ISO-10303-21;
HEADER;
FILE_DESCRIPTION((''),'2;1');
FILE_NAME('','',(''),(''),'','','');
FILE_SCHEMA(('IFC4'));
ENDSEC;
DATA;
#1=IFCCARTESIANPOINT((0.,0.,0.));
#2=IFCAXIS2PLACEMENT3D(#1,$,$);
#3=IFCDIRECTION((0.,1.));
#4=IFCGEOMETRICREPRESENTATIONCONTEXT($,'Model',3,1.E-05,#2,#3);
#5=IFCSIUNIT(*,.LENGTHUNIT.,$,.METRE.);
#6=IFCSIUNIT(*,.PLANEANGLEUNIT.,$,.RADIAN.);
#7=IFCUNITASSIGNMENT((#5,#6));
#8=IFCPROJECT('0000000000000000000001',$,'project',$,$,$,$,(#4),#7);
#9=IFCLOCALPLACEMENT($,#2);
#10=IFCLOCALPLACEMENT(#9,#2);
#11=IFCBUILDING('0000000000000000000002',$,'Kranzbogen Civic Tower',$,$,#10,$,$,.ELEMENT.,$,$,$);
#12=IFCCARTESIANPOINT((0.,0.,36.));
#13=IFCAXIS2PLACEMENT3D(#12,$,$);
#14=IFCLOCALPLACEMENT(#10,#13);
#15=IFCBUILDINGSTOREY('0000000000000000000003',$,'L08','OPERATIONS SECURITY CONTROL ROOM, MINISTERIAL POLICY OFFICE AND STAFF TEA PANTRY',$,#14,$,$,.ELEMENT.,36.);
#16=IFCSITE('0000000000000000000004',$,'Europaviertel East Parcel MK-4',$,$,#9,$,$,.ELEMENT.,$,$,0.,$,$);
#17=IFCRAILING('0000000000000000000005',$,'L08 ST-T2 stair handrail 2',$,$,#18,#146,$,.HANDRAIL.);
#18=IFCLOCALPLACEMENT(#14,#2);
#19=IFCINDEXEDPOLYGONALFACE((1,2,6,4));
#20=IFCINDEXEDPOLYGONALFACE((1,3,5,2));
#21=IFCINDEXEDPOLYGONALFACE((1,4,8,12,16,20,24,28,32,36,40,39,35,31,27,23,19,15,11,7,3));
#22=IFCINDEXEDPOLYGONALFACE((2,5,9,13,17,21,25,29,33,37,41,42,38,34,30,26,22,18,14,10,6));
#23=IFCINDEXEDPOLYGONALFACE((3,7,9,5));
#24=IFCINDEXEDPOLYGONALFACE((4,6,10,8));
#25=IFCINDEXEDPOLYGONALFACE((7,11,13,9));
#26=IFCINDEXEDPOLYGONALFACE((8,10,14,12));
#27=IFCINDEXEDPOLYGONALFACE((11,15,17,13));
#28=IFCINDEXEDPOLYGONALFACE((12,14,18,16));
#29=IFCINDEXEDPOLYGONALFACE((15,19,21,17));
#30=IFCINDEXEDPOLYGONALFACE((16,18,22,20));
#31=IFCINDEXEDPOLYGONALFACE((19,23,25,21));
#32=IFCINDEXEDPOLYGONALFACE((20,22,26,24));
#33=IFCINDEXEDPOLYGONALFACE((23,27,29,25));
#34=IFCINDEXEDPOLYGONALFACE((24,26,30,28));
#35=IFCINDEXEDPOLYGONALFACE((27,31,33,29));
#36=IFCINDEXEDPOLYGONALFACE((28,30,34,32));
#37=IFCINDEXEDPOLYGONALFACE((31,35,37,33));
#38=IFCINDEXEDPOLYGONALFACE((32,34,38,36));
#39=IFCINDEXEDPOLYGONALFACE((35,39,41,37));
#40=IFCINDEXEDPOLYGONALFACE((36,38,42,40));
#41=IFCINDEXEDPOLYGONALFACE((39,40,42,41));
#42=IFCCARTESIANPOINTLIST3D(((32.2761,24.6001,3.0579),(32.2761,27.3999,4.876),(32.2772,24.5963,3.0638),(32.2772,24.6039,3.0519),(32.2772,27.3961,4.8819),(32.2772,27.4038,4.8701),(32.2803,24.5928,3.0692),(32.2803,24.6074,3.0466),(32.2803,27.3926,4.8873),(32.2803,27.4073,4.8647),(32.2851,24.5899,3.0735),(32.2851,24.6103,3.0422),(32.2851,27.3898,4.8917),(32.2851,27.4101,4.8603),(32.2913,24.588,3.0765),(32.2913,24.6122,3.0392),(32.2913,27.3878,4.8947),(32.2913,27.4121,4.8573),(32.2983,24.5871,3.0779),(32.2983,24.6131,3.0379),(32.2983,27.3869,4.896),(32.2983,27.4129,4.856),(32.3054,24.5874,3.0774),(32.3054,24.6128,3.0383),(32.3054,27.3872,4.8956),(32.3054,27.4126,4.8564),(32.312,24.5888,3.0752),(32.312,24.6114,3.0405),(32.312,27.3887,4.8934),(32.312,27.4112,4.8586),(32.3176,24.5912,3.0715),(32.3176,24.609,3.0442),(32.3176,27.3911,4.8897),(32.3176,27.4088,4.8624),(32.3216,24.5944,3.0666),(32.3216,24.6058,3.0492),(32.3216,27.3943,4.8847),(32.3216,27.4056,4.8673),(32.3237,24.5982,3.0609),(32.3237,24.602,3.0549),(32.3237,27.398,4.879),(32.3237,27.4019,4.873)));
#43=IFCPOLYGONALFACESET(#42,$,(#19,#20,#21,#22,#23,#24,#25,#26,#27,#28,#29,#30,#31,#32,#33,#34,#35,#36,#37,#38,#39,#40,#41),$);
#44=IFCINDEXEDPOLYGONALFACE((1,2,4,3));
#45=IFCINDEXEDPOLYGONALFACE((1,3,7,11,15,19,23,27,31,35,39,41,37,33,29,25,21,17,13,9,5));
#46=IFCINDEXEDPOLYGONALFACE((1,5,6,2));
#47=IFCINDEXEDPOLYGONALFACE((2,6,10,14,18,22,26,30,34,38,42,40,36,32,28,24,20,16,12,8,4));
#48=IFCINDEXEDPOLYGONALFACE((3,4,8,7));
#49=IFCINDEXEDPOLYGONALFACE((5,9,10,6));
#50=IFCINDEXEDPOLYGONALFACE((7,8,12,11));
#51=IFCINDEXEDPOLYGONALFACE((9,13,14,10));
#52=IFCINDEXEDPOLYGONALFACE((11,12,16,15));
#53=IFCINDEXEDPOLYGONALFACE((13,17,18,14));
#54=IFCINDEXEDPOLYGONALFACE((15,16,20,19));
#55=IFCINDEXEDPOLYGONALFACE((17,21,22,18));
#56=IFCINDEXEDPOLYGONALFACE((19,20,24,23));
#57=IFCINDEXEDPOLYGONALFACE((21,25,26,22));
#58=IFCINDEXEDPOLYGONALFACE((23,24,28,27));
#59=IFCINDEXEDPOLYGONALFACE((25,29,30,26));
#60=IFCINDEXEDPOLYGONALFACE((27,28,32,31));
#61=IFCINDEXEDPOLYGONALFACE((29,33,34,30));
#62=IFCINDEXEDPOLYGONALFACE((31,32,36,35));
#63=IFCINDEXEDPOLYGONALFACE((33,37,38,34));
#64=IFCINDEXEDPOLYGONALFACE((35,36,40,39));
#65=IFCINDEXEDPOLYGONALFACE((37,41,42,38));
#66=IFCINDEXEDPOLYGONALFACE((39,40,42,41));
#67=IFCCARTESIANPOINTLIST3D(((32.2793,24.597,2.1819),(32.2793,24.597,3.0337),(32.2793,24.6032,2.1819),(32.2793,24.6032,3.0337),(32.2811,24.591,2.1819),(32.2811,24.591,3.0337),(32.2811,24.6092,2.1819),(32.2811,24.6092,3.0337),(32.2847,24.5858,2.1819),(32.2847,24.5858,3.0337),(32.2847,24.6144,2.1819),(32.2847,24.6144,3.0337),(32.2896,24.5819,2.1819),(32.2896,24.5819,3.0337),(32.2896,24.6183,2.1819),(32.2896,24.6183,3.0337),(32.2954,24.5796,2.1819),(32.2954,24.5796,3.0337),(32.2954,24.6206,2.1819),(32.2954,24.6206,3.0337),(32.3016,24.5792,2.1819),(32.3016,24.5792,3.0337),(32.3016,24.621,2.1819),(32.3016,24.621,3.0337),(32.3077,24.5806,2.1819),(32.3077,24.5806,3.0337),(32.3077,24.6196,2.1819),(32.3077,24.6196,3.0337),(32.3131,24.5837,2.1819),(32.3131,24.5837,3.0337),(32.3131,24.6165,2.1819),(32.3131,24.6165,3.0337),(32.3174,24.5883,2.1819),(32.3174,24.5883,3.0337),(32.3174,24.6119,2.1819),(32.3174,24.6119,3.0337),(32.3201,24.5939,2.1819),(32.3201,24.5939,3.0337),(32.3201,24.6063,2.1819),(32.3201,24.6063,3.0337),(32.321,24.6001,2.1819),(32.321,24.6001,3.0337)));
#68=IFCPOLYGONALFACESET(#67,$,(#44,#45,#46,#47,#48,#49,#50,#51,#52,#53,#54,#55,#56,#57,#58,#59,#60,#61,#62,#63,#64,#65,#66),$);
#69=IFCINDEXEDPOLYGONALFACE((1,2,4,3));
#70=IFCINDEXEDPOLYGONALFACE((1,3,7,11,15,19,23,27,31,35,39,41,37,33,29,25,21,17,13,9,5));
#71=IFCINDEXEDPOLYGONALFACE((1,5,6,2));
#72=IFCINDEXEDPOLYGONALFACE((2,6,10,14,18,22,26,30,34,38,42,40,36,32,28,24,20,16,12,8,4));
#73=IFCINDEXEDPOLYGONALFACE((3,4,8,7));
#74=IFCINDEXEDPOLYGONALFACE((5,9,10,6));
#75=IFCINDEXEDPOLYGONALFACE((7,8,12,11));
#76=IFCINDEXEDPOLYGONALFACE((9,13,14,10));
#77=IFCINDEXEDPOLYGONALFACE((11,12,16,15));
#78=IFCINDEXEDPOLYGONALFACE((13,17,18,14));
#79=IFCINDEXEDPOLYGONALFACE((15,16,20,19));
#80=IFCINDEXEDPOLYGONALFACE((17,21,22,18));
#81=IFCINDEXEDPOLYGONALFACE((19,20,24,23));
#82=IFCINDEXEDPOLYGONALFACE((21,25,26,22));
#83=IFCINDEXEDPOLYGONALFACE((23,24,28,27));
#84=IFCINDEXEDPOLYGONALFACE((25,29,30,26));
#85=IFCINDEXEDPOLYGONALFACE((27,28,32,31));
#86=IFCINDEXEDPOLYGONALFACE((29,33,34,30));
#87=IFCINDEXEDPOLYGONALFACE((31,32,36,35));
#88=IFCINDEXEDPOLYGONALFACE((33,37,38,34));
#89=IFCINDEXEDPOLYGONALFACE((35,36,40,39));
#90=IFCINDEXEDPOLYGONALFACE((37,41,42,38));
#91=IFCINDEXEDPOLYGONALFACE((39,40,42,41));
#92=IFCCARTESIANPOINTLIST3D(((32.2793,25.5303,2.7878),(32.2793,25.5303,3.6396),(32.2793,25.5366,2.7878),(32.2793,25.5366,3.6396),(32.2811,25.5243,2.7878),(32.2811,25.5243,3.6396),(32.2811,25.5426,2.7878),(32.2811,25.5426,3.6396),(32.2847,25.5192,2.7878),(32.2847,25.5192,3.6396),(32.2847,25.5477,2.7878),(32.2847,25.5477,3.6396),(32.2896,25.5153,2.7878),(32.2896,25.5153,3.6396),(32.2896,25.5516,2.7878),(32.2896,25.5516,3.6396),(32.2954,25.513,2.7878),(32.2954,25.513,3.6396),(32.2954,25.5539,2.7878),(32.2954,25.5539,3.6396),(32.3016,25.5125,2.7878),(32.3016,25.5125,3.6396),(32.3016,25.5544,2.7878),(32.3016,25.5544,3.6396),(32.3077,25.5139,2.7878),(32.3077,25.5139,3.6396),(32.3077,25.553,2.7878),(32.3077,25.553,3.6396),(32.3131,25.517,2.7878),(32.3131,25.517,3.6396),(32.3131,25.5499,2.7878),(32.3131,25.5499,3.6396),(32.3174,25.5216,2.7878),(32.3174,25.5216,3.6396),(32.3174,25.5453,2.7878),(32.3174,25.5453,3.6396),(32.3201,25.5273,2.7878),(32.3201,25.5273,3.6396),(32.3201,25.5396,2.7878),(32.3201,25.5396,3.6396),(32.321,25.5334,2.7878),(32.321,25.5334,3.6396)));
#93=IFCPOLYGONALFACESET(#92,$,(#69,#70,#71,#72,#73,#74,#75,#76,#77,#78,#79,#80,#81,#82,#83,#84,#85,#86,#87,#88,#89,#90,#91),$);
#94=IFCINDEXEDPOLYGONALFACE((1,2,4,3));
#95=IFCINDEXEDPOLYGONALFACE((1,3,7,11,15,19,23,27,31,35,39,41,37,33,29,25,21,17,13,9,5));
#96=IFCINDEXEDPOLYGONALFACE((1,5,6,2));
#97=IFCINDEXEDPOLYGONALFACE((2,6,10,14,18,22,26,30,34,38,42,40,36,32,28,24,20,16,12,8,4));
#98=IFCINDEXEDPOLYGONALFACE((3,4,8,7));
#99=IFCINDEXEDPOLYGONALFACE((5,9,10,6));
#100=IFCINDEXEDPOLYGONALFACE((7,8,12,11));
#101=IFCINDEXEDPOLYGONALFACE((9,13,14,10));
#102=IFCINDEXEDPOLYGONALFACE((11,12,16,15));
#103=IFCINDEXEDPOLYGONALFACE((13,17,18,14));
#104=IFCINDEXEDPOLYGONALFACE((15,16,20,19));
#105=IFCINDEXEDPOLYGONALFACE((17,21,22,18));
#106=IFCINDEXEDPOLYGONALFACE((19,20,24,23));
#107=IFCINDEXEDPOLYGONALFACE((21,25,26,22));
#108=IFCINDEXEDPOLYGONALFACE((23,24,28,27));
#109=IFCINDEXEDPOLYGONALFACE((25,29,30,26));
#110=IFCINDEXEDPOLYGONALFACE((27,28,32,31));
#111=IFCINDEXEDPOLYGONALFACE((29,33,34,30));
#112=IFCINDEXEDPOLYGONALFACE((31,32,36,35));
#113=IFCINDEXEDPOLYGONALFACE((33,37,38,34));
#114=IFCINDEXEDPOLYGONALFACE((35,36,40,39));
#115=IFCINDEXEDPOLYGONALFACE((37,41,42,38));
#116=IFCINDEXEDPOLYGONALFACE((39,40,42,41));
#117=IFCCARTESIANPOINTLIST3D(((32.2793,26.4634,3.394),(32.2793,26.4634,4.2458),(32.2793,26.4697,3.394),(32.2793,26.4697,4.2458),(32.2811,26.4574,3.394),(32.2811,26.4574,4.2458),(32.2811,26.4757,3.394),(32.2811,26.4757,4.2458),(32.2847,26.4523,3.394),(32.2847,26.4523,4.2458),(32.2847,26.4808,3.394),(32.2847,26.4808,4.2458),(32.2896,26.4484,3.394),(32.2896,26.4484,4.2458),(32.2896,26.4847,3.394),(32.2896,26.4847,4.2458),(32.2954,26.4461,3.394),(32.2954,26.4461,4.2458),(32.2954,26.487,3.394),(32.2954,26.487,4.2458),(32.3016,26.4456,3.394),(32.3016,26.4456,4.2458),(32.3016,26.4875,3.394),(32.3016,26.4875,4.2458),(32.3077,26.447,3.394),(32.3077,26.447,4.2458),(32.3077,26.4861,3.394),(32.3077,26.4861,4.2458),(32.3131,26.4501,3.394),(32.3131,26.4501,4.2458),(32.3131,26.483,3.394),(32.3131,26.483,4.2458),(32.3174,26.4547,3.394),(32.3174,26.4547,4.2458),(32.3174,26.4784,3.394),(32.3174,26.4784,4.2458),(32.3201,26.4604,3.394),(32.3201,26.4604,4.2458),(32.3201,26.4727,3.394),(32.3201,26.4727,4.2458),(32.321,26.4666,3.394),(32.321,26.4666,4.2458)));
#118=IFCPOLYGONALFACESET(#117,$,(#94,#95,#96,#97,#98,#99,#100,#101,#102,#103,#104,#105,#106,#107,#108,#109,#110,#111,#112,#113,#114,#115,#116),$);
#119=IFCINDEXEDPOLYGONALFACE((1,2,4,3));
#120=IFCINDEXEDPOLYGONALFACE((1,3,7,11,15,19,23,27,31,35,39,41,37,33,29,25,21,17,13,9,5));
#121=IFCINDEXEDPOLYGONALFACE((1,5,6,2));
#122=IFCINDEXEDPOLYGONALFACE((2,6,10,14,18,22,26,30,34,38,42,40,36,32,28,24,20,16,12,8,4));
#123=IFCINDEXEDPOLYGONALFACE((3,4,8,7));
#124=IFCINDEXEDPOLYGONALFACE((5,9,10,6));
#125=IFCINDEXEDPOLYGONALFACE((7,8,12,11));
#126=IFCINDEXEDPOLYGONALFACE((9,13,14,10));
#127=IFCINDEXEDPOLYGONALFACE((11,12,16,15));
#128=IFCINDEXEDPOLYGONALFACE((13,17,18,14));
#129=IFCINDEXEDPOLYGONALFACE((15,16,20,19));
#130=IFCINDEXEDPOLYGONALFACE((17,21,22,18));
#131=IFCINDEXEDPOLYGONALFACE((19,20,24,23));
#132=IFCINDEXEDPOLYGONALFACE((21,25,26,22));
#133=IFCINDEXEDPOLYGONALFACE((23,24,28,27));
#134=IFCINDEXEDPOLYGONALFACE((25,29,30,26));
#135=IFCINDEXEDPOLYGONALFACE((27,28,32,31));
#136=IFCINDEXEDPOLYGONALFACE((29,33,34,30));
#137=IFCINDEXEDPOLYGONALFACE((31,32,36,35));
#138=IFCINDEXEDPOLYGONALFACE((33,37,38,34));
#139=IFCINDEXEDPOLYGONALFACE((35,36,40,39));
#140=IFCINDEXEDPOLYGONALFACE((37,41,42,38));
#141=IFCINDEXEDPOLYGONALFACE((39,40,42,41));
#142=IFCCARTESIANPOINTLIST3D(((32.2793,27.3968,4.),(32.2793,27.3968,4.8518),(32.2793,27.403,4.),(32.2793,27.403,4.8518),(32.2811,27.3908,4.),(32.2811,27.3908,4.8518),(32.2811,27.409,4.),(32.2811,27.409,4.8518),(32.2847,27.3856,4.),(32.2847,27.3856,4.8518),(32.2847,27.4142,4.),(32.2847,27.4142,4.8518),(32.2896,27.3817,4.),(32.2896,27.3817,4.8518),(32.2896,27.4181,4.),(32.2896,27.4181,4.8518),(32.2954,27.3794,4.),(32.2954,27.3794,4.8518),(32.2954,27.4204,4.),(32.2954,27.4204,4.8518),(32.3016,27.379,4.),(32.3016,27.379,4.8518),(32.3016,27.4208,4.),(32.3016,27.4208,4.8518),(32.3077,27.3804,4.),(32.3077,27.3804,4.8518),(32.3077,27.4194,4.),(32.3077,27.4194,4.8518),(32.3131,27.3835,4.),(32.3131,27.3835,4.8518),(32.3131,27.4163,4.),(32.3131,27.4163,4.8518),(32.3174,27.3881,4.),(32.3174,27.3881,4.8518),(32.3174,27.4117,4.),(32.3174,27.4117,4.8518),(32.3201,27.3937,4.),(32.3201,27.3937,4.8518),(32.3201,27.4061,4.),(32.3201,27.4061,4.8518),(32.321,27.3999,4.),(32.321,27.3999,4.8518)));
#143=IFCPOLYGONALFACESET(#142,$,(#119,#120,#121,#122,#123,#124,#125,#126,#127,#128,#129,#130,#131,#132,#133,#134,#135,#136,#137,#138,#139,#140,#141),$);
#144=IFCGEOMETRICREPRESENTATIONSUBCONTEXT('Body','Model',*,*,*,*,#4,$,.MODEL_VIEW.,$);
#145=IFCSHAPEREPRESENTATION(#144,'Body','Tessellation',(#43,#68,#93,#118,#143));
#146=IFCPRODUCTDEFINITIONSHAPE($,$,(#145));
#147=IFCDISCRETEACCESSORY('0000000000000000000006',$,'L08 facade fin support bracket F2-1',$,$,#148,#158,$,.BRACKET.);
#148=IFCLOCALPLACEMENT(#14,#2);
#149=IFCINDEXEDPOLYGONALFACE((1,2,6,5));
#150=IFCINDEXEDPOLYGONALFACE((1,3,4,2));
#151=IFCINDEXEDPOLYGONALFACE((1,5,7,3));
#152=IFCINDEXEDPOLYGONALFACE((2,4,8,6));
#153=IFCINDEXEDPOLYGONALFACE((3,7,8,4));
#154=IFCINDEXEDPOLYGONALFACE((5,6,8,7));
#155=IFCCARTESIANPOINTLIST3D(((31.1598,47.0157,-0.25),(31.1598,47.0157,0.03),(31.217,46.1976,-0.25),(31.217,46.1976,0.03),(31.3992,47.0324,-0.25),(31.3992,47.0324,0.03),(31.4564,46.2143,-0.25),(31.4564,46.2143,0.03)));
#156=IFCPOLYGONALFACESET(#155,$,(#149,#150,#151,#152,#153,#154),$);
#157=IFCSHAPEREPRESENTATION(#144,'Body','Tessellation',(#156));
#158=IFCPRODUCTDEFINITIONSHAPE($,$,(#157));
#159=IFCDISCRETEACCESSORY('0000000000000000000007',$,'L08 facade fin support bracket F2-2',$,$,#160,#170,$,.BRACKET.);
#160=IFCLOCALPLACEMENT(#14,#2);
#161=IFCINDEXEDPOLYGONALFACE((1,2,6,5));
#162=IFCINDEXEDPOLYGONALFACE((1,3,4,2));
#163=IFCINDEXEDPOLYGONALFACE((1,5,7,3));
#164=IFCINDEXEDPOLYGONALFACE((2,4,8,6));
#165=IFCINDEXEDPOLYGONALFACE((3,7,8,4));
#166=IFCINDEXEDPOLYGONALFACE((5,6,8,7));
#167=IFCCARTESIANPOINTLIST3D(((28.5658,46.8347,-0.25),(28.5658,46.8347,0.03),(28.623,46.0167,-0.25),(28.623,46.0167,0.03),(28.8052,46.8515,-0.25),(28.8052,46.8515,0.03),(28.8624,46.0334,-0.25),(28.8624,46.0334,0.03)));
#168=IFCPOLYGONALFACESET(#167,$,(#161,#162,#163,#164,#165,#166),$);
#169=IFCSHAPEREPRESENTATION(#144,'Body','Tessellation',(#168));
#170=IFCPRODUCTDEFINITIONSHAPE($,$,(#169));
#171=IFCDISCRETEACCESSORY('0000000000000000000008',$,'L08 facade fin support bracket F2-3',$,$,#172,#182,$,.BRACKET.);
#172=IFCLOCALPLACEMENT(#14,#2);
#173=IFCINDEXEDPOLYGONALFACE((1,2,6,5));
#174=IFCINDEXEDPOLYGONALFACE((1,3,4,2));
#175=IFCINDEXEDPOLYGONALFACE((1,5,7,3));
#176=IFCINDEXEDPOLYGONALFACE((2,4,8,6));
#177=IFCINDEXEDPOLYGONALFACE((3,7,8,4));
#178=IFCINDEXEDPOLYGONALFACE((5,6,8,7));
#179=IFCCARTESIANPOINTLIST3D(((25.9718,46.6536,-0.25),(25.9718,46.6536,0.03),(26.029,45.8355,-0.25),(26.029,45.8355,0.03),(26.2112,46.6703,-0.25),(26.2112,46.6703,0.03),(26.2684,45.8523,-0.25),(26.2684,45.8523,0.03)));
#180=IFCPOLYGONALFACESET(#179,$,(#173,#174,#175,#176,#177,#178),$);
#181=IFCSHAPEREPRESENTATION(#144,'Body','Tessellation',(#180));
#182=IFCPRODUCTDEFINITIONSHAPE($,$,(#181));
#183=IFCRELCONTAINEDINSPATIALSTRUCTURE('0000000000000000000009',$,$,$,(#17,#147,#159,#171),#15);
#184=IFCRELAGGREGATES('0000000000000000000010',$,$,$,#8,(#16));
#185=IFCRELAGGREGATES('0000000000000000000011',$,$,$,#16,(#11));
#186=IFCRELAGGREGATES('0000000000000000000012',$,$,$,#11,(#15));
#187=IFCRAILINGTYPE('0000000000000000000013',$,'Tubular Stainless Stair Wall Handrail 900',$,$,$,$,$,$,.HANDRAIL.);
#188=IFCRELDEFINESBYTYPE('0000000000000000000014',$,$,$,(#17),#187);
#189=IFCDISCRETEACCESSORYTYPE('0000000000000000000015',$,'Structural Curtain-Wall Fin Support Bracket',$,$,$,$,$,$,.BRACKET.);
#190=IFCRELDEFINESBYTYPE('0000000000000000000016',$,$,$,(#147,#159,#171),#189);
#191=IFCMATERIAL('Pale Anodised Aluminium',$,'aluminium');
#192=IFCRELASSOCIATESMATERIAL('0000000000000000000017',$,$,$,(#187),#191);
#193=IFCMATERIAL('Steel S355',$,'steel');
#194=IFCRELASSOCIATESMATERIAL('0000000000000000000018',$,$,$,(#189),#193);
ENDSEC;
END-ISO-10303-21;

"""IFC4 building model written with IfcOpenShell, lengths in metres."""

from ifc_helpers import new_model, si_unit, direction, frame, origin, origin_2d, place, context, subcontext, project, spatial, rectangle, circle, extrude, material, type_object, element, save


model = new_model("IFC4")

# Units and contexts
model_context = context("Model", 3, precision=1e-05, world=origin(), true_north=direction((0.0, 1.0)))
body_context = subcontext(model_context, "Body", "Model", "MODEL_VIEW")
ifc_project = project(units=[si_unit("LENGTHUNIT", "METRE"), si_unit("PLANEANGLEUNIT", "RADIAN")], contexts=[model_context])

# Site, building, storey
site_placement = place(None, origin())
site = spatial("IfcSite", under=ifc_project, at=site_placement, Name="Europaviertel East Parcel MK-4", CompositionType="ELEMENT", RefElevation=0.0)
building_placement = place(site_placement, origin())
building = spatial("IfcBuilding", under=site, at=building_placement, Name="Kranzbogen Civic Tower", CompositionType="ELEMENT")
storey_placement = place(building_placement, frame((0.0, 0.0, 36.0)))
storey = spatial("IfcBuildingStorey", under=building, at=storey_placement, Name="L08", Description="OPERATIONS SECURITY CONTROL ROOM, MINISTERIAL POLICY OFFICE AND STAFF TEA PANTRY", CompositionType="ELEMENT", Elevation=36.0)

# Shared definitions
ifc_material_1 = material(Name="Pale Anodised Aluminium", Category="aluminium")

# Shared definitions
ifc_material_2 = material(Name="Steel S355", Category="steel")

# Railing
railing_type_1 = type_object("IfcRailingType", Name="Tubular Stainless Stair Wall Handrail 900", PredefinedType="HANDRAIL", material=ifc_material_1)
railing_1_placement = place(storey_placement, frame((32.3, 24.6001, 2.1819)))
element("IfcRailing", 1, at=railing_1_placement, inside=storey, type_object=railing_type_1, Name="L08 ST-T2 stair handrail 2", PredefinedType="HANDRAIL", context=body_context, shape_type="SweptSolid", body=[
    extrude(circle(Radius=0.0239, at=origin_2d()), frame((0.0, 0.0, 0.876), z_axis=(0.0, 0.838684, 0.544618), x_axis=(-1.0, 0.0, 0.0)), (0.0, 0.0, 1.0), 3.3384),
    extrude(circle(Radius=0.021, at=origin_2d()), origin(), (0.0, 0.0, 1.0), 0.8518),
    extrude(circle(Radius=0.021, at=origin_2d()), frame((0.0, 0.9333, 0.606)), (0.0, 0.0, 1.0), 0.8518),
    extrude(circle(Radius=0.021, at=origin_2d()), frame((0.0, 1.8665, 1.2122)), (0.0, 0.0, 1.0), 0.8518),
    extrude(circle(Radius=0.021, at=origin_2d()), frame((0.0, 2.7998, 1.8181)), (0.0, 0.0, 1.0), 0.8518),
])

# Discrete accessories
discrete_accessory_type = type_object("IfcDiscreteAccessoryType", Name="Structural Curtain-Wall Fin Support Bracket", PredefinedType="BRACKET", material=ifc_material_2)
for number, where, z_axis, x_axis, name in (
    (2, (31.3081, 46.615, -0.25), (0.0, 0.0, 1.0), (-0.069756, 0.997564, 0.0), "L08 facade fin support bracket F2-1"),
    (3, (28.7141, 46.4341, -0.25), (0.0, 0.0, 1.0), (-0.069756, 0.997564, 0.0), "L08 facade fin support bracket F2-2"),
    (4, (26.1201, 46.2529, -0.25), (0.0, 0.0, 1.0), (-0.069756, 0.997564, 0.0), "L08 facade fin support bracket F2-3"),
):
    element("IfcDiscreteAccessory", number, at=place(storey_placement, frame(where, z_axis=z_axis, x_axis=x_axis)), inside=storey, type_object=discrete_accessory_type, Name=name, PredefinedType="BRACKET", context=body_context, shape_type="SweptSolid", body=[
        extrude(rectangle(XDim=0.8201, YDim=0.24, at=origin_2d()), origin(), (0.0, 0.0, 1.0), 0.28),
    ])

save(model, "model.ifc")
